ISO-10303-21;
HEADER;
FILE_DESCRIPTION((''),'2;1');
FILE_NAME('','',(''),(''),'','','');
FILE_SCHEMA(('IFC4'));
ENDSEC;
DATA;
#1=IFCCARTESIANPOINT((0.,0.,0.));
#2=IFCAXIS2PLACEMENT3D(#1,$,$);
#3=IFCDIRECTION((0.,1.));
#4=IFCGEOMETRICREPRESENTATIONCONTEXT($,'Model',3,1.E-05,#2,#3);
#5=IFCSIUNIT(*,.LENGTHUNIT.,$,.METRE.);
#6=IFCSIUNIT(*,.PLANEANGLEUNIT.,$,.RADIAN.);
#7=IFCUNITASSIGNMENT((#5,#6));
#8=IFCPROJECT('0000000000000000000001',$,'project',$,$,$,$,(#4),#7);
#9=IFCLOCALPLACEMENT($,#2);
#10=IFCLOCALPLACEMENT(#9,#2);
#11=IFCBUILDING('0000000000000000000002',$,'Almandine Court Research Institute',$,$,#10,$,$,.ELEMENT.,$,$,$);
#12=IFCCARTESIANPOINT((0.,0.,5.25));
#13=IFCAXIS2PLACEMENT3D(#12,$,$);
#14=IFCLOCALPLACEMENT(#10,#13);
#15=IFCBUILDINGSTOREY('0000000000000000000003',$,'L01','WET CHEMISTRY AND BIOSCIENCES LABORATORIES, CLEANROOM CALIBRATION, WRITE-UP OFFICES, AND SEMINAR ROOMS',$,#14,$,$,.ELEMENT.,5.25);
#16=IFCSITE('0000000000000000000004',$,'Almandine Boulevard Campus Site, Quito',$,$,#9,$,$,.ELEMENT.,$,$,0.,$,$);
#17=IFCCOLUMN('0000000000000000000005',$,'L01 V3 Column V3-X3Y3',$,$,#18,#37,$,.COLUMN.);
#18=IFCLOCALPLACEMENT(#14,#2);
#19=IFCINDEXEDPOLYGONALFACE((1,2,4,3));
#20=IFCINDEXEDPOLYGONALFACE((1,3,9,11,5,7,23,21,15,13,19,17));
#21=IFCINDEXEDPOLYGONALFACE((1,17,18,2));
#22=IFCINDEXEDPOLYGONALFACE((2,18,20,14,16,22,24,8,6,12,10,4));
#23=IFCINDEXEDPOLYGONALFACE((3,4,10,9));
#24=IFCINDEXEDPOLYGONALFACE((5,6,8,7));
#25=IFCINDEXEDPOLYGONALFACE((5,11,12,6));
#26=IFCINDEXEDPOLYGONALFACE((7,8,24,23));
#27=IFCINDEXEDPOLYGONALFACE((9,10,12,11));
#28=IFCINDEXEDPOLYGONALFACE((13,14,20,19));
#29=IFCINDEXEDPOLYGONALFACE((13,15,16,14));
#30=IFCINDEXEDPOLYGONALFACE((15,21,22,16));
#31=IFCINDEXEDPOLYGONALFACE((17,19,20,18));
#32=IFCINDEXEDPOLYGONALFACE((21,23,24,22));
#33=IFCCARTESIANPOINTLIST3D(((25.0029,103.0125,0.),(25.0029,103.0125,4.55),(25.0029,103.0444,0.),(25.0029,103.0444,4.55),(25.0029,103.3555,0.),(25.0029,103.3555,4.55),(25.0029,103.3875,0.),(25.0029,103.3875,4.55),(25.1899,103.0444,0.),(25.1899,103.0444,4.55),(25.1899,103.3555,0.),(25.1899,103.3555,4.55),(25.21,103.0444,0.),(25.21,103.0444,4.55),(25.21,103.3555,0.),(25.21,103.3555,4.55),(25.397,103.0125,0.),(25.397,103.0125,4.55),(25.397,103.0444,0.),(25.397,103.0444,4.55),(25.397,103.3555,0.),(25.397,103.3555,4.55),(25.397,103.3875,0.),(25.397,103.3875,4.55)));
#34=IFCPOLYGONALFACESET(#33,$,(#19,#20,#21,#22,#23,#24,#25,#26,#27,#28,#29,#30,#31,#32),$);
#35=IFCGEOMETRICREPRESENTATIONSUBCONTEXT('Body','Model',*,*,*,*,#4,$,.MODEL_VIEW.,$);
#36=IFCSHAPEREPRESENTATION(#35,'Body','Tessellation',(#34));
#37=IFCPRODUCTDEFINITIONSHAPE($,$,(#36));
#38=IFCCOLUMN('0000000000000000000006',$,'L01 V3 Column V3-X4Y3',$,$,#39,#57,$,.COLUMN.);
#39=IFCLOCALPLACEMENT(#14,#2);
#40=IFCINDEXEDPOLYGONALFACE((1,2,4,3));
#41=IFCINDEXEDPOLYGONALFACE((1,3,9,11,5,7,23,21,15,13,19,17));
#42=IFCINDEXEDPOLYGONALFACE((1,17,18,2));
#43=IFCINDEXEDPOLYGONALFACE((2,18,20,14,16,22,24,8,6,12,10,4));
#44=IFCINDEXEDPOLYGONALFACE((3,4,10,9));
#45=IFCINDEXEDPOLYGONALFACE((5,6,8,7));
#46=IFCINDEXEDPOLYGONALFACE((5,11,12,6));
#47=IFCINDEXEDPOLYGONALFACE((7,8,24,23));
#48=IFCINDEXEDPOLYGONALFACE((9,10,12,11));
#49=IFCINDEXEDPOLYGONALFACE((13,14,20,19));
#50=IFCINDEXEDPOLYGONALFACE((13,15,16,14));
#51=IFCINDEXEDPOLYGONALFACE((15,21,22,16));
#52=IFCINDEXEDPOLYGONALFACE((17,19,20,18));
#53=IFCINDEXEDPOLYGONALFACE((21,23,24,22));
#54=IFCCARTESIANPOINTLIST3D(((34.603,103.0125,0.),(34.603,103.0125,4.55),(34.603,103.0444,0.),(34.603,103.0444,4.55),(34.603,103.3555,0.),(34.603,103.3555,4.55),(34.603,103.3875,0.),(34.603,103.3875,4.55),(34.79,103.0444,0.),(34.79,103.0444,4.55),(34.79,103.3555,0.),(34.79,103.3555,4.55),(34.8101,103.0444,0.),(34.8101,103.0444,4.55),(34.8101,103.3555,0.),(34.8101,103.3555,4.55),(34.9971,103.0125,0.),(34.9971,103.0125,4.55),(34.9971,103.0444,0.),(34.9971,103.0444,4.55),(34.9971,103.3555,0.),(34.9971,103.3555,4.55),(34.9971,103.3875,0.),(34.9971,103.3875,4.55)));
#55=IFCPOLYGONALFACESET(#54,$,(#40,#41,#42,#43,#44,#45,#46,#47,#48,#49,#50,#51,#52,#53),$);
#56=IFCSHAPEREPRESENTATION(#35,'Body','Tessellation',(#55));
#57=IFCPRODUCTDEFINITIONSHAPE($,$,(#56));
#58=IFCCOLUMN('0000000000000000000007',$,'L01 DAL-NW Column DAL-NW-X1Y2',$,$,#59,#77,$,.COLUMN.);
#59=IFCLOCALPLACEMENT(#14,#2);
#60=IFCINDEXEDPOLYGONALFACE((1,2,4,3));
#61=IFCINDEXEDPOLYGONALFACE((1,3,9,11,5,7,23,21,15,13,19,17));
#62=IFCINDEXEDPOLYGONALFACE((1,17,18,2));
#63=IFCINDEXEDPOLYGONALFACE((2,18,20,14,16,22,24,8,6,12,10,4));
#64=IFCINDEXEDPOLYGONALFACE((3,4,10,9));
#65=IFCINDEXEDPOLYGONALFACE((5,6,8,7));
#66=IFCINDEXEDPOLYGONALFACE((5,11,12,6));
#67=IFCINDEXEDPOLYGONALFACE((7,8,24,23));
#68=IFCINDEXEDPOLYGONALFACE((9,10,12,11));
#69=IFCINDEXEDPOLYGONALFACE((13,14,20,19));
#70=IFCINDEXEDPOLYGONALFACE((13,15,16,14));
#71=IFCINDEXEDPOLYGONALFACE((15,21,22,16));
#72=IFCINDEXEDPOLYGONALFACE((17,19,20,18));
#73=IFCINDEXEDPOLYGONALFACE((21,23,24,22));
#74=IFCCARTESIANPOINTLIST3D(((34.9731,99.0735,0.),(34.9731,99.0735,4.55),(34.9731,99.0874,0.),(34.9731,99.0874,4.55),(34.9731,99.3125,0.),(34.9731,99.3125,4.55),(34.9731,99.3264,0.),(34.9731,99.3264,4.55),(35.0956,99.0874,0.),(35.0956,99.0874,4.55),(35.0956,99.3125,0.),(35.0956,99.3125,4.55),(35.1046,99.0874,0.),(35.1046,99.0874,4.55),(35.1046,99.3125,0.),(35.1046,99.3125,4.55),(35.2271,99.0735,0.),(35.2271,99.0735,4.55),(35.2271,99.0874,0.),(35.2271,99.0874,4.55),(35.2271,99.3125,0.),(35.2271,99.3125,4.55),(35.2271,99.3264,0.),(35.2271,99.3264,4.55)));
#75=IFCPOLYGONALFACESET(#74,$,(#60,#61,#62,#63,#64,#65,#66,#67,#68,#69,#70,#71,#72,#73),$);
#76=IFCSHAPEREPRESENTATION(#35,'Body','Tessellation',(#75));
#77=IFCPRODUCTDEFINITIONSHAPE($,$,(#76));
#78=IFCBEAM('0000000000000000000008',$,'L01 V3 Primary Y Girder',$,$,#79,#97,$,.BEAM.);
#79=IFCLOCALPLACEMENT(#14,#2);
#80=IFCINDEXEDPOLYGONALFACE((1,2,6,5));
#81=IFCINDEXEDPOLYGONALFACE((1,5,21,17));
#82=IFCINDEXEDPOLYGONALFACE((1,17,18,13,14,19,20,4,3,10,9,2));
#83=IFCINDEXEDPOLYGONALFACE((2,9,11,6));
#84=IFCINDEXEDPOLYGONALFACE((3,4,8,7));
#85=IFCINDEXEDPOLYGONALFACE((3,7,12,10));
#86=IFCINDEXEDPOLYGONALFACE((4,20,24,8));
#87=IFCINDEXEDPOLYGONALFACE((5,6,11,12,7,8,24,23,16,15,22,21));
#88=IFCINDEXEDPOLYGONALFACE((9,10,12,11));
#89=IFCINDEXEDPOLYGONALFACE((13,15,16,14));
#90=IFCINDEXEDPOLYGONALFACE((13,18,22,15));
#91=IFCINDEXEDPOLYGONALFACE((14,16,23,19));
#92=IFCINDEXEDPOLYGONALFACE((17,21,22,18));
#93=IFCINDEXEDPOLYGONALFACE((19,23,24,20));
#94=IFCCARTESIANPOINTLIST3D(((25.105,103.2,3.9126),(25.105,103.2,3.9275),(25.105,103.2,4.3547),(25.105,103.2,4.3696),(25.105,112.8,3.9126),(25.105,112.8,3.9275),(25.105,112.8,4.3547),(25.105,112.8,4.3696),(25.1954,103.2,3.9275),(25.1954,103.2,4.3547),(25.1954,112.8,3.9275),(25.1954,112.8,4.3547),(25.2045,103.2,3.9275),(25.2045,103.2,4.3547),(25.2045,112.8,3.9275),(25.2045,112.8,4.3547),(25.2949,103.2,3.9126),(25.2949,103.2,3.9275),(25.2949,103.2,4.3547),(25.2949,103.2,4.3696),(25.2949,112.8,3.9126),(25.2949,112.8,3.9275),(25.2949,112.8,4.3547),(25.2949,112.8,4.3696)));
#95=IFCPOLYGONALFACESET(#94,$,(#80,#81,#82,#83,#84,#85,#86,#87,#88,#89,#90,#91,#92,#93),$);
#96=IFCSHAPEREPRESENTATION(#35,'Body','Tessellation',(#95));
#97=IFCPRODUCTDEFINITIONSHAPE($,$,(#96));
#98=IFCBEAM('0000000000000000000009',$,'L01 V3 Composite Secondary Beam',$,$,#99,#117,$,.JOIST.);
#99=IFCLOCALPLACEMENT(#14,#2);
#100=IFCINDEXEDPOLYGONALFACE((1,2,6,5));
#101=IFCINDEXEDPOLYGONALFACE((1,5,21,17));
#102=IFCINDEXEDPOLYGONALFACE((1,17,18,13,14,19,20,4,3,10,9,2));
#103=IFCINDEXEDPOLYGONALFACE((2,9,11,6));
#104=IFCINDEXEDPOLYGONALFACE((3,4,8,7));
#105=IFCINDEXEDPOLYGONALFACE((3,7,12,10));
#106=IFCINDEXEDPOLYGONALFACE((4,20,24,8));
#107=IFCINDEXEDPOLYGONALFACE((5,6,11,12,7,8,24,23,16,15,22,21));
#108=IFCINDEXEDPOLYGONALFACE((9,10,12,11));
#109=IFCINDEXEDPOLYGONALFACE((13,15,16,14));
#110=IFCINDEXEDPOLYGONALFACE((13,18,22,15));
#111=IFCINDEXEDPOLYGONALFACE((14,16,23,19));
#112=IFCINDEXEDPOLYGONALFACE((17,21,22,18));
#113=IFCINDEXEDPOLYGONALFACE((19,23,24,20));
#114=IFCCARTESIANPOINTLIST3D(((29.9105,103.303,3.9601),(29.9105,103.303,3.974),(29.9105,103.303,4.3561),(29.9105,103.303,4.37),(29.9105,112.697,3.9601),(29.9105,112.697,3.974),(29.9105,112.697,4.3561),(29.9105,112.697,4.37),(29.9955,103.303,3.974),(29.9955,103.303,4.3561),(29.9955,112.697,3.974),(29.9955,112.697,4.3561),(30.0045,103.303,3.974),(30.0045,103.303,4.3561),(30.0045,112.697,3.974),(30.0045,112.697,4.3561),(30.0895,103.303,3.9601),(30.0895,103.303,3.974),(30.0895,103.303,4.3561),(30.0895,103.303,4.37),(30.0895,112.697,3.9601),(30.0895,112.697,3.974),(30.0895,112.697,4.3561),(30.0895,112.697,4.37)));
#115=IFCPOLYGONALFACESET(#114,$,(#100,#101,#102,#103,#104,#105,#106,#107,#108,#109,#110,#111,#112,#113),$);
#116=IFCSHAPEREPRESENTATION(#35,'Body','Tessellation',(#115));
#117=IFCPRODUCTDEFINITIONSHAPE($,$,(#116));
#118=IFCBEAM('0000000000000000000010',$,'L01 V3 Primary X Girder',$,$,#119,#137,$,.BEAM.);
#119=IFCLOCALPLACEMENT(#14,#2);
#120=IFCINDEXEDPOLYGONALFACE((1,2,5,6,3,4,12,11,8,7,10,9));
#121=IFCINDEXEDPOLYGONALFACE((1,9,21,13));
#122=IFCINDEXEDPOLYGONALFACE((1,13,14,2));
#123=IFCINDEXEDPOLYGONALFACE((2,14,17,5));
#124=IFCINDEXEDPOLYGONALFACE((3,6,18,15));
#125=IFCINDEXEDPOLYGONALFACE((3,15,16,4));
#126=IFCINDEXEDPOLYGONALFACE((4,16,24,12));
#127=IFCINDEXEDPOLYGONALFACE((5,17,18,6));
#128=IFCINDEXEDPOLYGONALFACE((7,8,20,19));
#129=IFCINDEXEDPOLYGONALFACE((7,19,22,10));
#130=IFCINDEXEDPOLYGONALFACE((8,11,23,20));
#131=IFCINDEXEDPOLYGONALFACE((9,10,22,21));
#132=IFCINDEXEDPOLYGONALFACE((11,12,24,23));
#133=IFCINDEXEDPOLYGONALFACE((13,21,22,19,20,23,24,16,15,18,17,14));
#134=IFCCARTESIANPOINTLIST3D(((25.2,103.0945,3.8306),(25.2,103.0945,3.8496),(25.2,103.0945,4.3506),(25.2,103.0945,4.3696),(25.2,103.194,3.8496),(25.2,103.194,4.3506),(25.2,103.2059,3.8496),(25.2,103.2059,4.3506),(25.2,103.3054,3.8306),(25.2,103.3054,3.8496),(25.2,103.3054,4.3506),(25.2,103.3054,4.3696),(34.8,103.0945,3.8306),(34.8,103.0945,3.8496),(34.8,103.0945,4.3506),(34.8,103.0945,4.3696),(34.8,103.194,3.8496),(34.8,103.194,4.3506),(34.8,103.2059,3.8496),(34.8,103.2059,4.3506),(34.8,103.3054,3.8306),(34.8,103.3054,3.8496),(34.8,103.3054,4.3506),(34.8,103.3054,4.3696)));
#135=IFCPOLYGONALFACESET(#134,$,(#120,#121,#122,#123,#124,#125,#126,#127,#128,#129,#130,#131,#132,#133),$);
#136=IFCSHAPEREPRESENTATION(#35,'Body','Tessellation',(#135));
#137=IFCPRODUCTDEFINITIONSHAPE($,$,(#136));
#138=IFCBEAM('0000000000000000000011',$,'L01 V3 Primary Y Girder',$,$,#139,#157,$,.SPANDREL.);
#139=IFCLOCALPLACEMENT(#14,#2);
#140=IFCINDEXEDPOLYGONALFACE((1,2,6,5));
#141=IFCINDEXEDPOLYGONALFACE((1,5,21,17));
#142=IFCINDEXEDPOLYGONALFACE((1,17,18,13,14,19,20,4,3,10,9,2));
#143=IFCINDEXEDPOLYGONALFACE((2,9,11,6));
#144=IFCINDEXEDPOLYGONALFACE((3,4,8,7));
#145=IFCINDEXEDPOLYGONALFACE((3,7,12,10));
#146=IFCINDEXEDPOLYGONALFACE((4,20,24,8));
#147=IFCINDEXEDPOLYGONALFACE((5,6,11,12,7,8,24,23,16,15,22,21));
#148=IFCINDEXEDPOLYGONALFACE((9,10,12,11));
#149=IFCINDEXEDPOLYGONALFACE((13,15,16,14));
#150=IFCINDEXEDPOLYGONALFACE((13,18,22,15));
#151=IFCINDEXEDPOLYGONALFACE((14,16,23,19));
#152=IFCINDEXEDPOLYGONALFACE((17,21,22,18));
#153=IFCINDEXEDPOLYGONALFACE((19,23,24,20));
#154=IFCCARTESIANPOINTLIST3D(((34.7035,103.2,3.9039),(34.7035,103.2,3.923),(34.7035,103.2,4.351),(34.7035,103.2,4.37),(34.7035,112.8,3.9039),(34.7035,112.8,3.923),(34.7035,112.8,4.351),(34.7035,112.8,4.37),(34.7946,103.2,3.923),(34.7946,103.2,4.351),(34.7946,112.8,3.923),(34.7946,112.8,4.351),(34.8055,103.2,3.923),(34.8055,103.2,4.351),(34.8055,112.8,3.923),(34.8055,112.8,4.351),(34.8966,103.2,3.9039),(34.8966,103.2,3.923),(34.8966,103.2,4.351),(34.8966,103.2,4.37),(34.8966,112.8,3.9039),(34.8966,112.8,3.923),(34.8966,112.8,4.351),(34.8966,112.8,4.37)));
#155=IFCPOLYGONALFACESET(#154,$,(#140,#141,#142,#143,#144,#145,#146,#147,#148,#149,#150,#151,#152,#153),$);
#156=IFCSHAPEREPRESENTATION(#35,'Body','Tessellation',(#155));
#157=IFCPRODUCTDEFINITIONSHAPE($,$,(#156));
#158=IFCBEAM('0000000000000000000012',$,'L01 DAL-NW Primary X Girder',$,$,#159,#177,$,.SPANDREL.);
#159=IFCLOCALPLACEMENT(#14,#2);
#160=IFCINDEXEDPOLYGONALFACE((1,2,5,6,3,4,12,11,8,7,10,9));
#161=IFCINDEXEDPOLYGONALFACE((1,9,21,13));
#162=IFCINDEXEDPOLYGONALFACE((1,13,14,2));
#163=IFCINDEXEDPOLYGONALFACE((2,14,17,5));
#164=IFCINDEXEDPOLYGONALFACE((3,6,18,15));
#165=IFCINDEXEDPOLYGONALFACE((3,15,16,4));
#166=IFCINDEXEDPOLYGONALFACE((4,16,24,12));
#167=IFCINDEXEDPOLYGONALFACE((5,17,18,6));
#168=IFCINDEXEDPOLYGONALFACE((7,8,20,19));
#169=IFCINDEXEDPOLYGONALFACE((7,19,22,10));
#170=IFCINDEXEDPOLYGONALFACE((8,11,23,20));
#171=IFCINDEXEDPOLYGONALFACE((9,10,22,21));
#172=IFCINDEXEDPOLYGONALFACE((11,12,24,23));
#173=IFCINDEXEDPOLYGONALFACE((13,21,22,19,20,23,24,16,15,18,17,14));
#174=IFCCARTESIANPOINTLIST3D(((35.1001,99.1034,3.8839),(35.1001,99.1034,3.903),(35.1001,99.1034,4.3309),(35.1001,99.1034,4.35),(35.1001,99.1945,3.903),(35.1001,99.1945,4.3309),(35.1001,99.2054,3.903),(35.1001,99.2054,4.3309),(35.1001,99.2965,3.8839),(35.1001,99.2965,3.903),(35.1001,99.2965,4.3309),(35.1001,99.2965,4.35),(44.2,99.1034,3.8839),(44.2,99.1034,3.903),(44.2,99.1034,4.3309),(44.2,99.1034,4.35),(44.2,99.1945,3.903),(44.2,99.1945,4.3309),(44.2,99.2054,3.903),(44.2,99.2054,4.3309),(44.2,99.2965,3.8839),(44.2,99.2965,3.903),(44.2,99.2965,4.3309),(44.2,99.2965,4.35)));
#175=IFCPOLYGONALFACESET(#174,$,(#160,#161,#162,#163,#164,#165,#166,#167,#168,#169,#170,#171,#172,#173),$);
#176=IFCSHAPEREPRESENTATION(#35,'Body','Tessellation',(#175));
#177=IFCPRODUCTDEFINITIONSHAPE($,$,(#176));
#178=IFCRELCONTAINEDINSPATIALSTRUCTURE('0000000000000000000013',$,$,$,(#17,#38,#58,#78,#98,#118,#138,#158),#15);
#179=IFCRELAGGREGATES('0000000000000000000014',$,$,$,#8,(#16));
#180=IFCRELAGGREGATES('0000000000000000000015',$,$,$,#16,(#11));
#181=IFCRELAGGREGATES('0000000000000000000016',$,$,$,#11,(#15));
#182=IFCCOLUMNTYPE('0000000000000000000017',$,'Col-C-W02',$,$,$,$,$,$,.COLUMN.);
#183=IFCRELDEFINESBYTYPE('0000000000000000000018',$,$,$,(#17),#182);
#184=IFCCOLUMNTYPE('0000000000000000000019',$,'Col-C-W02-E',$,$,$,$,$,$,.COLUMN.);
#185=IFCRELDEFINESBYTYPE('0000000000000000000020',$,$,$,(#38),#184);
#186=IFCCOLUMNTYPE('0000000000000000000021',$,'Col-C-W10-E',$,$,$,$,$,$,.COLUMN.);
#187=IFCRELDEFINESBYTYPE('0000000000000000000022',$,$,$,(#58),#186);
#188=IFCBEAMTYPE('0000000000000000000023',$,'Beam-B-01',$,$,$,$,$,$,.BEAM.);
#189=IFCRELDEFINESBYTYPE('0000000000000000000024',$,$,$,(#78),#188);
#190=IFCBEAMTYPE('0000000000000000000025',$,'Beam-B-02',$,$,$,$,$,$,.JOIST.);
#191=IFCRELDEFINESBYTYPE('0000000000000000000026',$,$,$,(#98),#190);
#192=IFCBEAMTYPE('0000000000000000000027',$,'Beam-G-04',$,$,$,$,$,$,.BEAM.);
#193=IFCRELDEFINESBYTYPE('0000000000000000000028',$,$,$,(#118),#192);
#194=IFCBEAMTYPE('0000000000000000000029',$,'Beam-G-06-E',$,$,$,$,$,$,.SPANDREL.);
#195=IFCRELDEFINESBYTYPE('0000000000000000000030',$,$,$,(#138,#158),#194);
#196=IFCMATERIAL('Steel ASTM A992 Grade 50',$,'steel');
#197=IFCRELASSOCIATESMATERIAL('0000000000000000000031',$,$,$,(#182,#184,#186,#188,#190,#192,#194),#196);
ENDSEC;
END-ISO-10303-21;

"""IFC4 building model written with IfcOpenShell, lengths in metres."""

from ifc_helpers import new_model, si_unit, direction, frame, origin, origin_2d, place, context, subcontext, project, spatial, i_section, extrude, material, material_profile, profile_set, type_object, element, save


model = new_model("IFC4")

# Units and contexts
model_context = context("Model", 3, precision=1e-05, world=origin(), true_north=direction((0.0, 1.0)))
body_context = subcontext(model_context, "Body", "Model", "MODEL_VIEW")
ifc_project = project(units=[si_unit("LENGTHUNIT", "METRE"), si_unit("PLANEANGLEUNIT", "RADIAN")], contexts=[model_context])

# Site, building, storey
site_placement = place(None, origin())
site = spatial("IfcSite", under=ifc_project, at=site_placement, Name="Almandine Boulevard Campus Site, Quito", CompositionType="ELEMENT", RefElevation=0.0)
building_placement = place(site_placement, origin())
building = spatial("IfcBuilding", under=site, at=building_placement, Name="Almandine Court Research Institute", CompositionType="ELEMENT")
storey_placement = place(building_placement, frame((0.0, 0.0, 5.25)))
storey = spatial("IfcBuildingStorey", under=building, at=storey_placement, Name="L01", Description="WET CHEMISTRY AND BIOSCIENCES LABORATORIES, CLEANROOM CALIBRATION, WRITE-UP OFFICES, AND SEMINAR ROOMS", CompositionType="ELEMENT", Elevation=5.25)

# Columns
ifc_material_1 = material(Name="Steel ASTM A992 Grade 50", Category="steel")
ifc_material_profile_1 = material_profile(ifc_material_1, i_section(OverallWidth=0.394, OverallDepth=0.375, WebThickness=0.02, FlangeThickness=0.032, at=origin_2d()), Name="W360x216")
ifc_profile_set_1 = profile_set([ifc_material_profile_1], Name="Steel ASTM A992 Grade 50")
column_type_1 = type_object("IfcColumnType", Name="Col-C-W02", PredefinedType="COLUMN", material=ifc_profile_set_1)
column_1_placement = place(storey_placement, frame((25.2, 103.2, 0.0), z_axis=(0.0, 0.0, 1.0), x_axis=(1.0, 0.0, 0.0)))
element("IfcColumn", 1, at=column_1_placement, inside=storey, type_object=column_type_1, Name="L01 V3 Column V3-X3Y3", PredefinedType="COLUMN", context=body_context, shape_type="SweptSolid", body=[
    extrude(i_section(OverallWidth=0.394, OverallDepth=0.375, WebThickness=0.02, FlangeThickness=0.032, at=origin_2d()), origin(), (0.0, 0.0, 1.0), 4.55),
])
ifc_material_profile_2 = material_profile(ifc_material_1, i_section(OverallWidth=0.394, OverallDepth=0.375, WebThickness=0.02, FlangeThickness=0.032, at=origin_2d()), Name="W360x216")
ifc_profile_set_2 = profile_set([ifc_material_profile_2], Name="Steel ASTM A992 Grade 50")
column_type_2 = type_object("IfcColumnType", Name="Col-C-W02-E", PredefinedType="COLUMN", material=ifc_profile_set_2)
column_2_placement = place(storey_placement, frame((34.8, 103.2, 0.0), z_axis=(0.0, 0.0, 1.0), x_axis=(1.0, 0.0, 0.0)))
element("IfcColumn", 2, at=column_2_placement, inside=storey, type_object=column_type_2, Name="L01 V3 Column V3-X4Y3", PredefinedType="COLUMN", context=body_context, shape_type="SweptSolid", body=[
    extrude(i_section(OverallWidth=0.394, OverallDepth=0.375, WebThickness=0.02, FlangeThickness=0.032, at=origin_2d()), origin(), (0.0, 0.0, 1.0), 4.55),
])
ifc_material_profile_3 = material_profile(ifc_material_1, i_section(OverallWidth=0.2539, OverallDepth=0.2529, WebThickness=0.009, FlangeThickness=0.0139, at=origin_2d()), Name="W250x73")
ifc_profile_set_3 = profile_set([ifc_material_profile_3], Name="Steel ASTM A992 Grade 50")
column_type_3 = type_object("IfcColumnType", Name="Col-C-W10-E", PredefinedType="COLUMN", material=ifc_profile_set_3)
column_3_placement = place(storey_placement, frame((35.1001, 99.2, 0.0), z_axis=(0.0, 0.0, 1.0), x_axis=(1.0, 0.0, 0.0)))
element("IfcColumn", 3, at=column_3_placement, inside=storey, type_object=column_type_3, Name="L01 DAL-NW Column DAL-NW-X1Y2", PredefinedType="COLUMN", context=body_context, shape_type="SweptSolid", body=[
    extrude(i_section(OverallWidth=0.2539, OverallDepth=0.2529, WebThickness=0.009, FlangeThickness=0.0139, at=origin_2d()), origin(), (0.0, 0.0, 1.0), 4.55),
])

# Beams
ifc_material_profile_4 = material_profile(ifc_material_1, i_section(OverallWidth=0.1899, OverallDepth=0.457, WebThickness=0.009, FlangeThickness=0.0149, at=origin_2d()), Name="W460x74")
ifc_profile_set_4 = profile_set([ifc_material_profile_4], Name="Steel ASTM A992 Grade 50")
beam_type_1 = type_object("IfcBeamType", Name="Beam-B-01", PredefinedType="BEAM", material=ifc_profile_set_4)
beam_1_placement = place(storey_placement, frame((25.2, 103.2, 4.1411), z_axis=(0.0, 1.0, 0.0), x_axis=(-1.0, 0.0, 0.0)))
element("IfcBeam", 4, at=beam_1_placement, inside=storey, type_object=beam_type_1, Name="L01 V3 Primary Y Girder", PredefinedType="BEAM", context=body_context, shape_type="SweptSolid", body=[
    extrude(i_section(OverallWidth=0.1899, OverallDepth=0.457, WebThickness=0.009, FlangeThickness=0.0149, at=origin_2d()), origin(), (0.0, 0.0, 1.0), 9.6001),
])
ifc_material_profile_5 = material_profile(ifc_material_1, i_section(OverallWidth=0.179, OverallDepth=0.4099, WebThickness=0.009, FlangeThickness=0.0139, at=origin_2d()), Name="W410x67")
ifc_profile_set_5 = profile_set([ifc_material_profile_5], Name="Steel ASTM A992 Grade 50")
beam_type_2 = type_object("IfcBeamType", Name="Beam-B-02", PredefinedType="JOIST", material=ifc_profile_set_5)
beam_2_placement = place(storey_placement, frame((30.0, 103.303, 4.165), z_axis=(0.0, 1.0, 0.0), x_axis=(-1.0, 0.0, 0.0)))
element("IfcBeam", 5, at=beam_2_placement, inside=storey, type_object=beam_type_2, Name="L01 V3 Composite Secondary Beam", PredefinedType="JOIST", context=body_context, shape_type="SweptSolid", body=[
    extrude(i_section(OverallWidth=0.179, OverallDepth=0.4099, WebThickness=0.009, FlangeThickness=0.0139, at=origin_2d()), origin(), (0.0, 0.0, 1.0), 9.394),
])
ifc_material_profile_6 = material_profile(ifc_material_1, i_section(OverallWidth=0.2109, OverallDepth=0.5391, WebThickness=0.012, FlangeThickness=0.019, at=origin_2d()), Name="W530x109")
ifc_profile_set_6 = profile_set([ifc_material_profile_6], Name="Steel ASTM A992 Grade 50")
beam_type_3 = type_object("IfcBeamType", Name="Beam-G-04", PredefinedType="BEAM", material=ifc_profile_set_6)
beam_3_placement = place(storey_placement, frame((25.2, 103.2, 4.1001), z_axis=(1.0, 0.0, 0.0), x_axis=(0.0, 1.0, 0.0)))
element("IfcBeam", 6, at=beam_3_placement, inside=storey, type_object=beam_type_3, Name="L01 V3 Primary X Girder", PredefinedType="BEAM", context=body_context, shape_type="SweptSolid", body=[
    extrude(i_section(OverallWidth=0.2109, OverallDepth=0.5391, WebThickness=0.012, FlangeThickness=0.019, at=origin_2d()), origin(), (0.0, 0.0, 1.0), 9.6001),
])
ifc_material_profile_7 = material_profile(ifc_material_1, i_section(OverallWidth=0.1931, OverallDepth=0.4661, WebThickness=0.011, FlangeThickness=0.019, at=origin_2d()), Name="W460x97")
ifc_profile_set_7 = profile_set([ifc_material_profile_7], Name="Steel ASTM A992 Grade 50")
beam_type_4 = type_object("IfcBeamType", Name="Beam-G-06-E", PredefinedType="SPANDREL", material=ifc_profile_set_7)
beam_4_placement = place(storey_placement, frame((34.8, 103.2, 4.137), z_axis=(0.0, 1.0, 0.0), x_axis=(-1.0, 0.0, 0.0)))
element("IfcBeam", 7, at=beam_4_placement, inside=storey, type_object=beam_type_4, Name="L01 V3 Primary Y Girder", PredefinedType="SPANDREL", context=body_context, shape_type="SweptSolid", body=[
    extrude(i_section(OverallWidth=0.1931, OverallDepth=0.4661, WebThickness=0.011, FlangeThickness=0.019, at=origin_2d()), origin(), (0.0, 0.0, 1.0), 9.6001),
])
beam_5_placement = place(storey_placement, frame((35.1001, 99.2, 4.1169), z_axis=(1.0, 0.0, 0.0), x_axis=(0.0, 1.0, 0.0)))
element("IfcBeam", 8, at=beam_5_placement, inside=storey, type_object=beam_type_4, Name="L01 DAL-NW Primary X Girder", PredefinedType="SPANDREL", context=body_context, shape_type="SweptSolid", body=[
    extrude(i_section(OverallWidth=0.1931, OverallDepth=0.4661, WebThickness=0.011, FlangeThickness=0.019, at=origin_2d()), origin(), (0.0, 0.0, 1.0), 9.0999),
])

save(model, "model.ifc")
